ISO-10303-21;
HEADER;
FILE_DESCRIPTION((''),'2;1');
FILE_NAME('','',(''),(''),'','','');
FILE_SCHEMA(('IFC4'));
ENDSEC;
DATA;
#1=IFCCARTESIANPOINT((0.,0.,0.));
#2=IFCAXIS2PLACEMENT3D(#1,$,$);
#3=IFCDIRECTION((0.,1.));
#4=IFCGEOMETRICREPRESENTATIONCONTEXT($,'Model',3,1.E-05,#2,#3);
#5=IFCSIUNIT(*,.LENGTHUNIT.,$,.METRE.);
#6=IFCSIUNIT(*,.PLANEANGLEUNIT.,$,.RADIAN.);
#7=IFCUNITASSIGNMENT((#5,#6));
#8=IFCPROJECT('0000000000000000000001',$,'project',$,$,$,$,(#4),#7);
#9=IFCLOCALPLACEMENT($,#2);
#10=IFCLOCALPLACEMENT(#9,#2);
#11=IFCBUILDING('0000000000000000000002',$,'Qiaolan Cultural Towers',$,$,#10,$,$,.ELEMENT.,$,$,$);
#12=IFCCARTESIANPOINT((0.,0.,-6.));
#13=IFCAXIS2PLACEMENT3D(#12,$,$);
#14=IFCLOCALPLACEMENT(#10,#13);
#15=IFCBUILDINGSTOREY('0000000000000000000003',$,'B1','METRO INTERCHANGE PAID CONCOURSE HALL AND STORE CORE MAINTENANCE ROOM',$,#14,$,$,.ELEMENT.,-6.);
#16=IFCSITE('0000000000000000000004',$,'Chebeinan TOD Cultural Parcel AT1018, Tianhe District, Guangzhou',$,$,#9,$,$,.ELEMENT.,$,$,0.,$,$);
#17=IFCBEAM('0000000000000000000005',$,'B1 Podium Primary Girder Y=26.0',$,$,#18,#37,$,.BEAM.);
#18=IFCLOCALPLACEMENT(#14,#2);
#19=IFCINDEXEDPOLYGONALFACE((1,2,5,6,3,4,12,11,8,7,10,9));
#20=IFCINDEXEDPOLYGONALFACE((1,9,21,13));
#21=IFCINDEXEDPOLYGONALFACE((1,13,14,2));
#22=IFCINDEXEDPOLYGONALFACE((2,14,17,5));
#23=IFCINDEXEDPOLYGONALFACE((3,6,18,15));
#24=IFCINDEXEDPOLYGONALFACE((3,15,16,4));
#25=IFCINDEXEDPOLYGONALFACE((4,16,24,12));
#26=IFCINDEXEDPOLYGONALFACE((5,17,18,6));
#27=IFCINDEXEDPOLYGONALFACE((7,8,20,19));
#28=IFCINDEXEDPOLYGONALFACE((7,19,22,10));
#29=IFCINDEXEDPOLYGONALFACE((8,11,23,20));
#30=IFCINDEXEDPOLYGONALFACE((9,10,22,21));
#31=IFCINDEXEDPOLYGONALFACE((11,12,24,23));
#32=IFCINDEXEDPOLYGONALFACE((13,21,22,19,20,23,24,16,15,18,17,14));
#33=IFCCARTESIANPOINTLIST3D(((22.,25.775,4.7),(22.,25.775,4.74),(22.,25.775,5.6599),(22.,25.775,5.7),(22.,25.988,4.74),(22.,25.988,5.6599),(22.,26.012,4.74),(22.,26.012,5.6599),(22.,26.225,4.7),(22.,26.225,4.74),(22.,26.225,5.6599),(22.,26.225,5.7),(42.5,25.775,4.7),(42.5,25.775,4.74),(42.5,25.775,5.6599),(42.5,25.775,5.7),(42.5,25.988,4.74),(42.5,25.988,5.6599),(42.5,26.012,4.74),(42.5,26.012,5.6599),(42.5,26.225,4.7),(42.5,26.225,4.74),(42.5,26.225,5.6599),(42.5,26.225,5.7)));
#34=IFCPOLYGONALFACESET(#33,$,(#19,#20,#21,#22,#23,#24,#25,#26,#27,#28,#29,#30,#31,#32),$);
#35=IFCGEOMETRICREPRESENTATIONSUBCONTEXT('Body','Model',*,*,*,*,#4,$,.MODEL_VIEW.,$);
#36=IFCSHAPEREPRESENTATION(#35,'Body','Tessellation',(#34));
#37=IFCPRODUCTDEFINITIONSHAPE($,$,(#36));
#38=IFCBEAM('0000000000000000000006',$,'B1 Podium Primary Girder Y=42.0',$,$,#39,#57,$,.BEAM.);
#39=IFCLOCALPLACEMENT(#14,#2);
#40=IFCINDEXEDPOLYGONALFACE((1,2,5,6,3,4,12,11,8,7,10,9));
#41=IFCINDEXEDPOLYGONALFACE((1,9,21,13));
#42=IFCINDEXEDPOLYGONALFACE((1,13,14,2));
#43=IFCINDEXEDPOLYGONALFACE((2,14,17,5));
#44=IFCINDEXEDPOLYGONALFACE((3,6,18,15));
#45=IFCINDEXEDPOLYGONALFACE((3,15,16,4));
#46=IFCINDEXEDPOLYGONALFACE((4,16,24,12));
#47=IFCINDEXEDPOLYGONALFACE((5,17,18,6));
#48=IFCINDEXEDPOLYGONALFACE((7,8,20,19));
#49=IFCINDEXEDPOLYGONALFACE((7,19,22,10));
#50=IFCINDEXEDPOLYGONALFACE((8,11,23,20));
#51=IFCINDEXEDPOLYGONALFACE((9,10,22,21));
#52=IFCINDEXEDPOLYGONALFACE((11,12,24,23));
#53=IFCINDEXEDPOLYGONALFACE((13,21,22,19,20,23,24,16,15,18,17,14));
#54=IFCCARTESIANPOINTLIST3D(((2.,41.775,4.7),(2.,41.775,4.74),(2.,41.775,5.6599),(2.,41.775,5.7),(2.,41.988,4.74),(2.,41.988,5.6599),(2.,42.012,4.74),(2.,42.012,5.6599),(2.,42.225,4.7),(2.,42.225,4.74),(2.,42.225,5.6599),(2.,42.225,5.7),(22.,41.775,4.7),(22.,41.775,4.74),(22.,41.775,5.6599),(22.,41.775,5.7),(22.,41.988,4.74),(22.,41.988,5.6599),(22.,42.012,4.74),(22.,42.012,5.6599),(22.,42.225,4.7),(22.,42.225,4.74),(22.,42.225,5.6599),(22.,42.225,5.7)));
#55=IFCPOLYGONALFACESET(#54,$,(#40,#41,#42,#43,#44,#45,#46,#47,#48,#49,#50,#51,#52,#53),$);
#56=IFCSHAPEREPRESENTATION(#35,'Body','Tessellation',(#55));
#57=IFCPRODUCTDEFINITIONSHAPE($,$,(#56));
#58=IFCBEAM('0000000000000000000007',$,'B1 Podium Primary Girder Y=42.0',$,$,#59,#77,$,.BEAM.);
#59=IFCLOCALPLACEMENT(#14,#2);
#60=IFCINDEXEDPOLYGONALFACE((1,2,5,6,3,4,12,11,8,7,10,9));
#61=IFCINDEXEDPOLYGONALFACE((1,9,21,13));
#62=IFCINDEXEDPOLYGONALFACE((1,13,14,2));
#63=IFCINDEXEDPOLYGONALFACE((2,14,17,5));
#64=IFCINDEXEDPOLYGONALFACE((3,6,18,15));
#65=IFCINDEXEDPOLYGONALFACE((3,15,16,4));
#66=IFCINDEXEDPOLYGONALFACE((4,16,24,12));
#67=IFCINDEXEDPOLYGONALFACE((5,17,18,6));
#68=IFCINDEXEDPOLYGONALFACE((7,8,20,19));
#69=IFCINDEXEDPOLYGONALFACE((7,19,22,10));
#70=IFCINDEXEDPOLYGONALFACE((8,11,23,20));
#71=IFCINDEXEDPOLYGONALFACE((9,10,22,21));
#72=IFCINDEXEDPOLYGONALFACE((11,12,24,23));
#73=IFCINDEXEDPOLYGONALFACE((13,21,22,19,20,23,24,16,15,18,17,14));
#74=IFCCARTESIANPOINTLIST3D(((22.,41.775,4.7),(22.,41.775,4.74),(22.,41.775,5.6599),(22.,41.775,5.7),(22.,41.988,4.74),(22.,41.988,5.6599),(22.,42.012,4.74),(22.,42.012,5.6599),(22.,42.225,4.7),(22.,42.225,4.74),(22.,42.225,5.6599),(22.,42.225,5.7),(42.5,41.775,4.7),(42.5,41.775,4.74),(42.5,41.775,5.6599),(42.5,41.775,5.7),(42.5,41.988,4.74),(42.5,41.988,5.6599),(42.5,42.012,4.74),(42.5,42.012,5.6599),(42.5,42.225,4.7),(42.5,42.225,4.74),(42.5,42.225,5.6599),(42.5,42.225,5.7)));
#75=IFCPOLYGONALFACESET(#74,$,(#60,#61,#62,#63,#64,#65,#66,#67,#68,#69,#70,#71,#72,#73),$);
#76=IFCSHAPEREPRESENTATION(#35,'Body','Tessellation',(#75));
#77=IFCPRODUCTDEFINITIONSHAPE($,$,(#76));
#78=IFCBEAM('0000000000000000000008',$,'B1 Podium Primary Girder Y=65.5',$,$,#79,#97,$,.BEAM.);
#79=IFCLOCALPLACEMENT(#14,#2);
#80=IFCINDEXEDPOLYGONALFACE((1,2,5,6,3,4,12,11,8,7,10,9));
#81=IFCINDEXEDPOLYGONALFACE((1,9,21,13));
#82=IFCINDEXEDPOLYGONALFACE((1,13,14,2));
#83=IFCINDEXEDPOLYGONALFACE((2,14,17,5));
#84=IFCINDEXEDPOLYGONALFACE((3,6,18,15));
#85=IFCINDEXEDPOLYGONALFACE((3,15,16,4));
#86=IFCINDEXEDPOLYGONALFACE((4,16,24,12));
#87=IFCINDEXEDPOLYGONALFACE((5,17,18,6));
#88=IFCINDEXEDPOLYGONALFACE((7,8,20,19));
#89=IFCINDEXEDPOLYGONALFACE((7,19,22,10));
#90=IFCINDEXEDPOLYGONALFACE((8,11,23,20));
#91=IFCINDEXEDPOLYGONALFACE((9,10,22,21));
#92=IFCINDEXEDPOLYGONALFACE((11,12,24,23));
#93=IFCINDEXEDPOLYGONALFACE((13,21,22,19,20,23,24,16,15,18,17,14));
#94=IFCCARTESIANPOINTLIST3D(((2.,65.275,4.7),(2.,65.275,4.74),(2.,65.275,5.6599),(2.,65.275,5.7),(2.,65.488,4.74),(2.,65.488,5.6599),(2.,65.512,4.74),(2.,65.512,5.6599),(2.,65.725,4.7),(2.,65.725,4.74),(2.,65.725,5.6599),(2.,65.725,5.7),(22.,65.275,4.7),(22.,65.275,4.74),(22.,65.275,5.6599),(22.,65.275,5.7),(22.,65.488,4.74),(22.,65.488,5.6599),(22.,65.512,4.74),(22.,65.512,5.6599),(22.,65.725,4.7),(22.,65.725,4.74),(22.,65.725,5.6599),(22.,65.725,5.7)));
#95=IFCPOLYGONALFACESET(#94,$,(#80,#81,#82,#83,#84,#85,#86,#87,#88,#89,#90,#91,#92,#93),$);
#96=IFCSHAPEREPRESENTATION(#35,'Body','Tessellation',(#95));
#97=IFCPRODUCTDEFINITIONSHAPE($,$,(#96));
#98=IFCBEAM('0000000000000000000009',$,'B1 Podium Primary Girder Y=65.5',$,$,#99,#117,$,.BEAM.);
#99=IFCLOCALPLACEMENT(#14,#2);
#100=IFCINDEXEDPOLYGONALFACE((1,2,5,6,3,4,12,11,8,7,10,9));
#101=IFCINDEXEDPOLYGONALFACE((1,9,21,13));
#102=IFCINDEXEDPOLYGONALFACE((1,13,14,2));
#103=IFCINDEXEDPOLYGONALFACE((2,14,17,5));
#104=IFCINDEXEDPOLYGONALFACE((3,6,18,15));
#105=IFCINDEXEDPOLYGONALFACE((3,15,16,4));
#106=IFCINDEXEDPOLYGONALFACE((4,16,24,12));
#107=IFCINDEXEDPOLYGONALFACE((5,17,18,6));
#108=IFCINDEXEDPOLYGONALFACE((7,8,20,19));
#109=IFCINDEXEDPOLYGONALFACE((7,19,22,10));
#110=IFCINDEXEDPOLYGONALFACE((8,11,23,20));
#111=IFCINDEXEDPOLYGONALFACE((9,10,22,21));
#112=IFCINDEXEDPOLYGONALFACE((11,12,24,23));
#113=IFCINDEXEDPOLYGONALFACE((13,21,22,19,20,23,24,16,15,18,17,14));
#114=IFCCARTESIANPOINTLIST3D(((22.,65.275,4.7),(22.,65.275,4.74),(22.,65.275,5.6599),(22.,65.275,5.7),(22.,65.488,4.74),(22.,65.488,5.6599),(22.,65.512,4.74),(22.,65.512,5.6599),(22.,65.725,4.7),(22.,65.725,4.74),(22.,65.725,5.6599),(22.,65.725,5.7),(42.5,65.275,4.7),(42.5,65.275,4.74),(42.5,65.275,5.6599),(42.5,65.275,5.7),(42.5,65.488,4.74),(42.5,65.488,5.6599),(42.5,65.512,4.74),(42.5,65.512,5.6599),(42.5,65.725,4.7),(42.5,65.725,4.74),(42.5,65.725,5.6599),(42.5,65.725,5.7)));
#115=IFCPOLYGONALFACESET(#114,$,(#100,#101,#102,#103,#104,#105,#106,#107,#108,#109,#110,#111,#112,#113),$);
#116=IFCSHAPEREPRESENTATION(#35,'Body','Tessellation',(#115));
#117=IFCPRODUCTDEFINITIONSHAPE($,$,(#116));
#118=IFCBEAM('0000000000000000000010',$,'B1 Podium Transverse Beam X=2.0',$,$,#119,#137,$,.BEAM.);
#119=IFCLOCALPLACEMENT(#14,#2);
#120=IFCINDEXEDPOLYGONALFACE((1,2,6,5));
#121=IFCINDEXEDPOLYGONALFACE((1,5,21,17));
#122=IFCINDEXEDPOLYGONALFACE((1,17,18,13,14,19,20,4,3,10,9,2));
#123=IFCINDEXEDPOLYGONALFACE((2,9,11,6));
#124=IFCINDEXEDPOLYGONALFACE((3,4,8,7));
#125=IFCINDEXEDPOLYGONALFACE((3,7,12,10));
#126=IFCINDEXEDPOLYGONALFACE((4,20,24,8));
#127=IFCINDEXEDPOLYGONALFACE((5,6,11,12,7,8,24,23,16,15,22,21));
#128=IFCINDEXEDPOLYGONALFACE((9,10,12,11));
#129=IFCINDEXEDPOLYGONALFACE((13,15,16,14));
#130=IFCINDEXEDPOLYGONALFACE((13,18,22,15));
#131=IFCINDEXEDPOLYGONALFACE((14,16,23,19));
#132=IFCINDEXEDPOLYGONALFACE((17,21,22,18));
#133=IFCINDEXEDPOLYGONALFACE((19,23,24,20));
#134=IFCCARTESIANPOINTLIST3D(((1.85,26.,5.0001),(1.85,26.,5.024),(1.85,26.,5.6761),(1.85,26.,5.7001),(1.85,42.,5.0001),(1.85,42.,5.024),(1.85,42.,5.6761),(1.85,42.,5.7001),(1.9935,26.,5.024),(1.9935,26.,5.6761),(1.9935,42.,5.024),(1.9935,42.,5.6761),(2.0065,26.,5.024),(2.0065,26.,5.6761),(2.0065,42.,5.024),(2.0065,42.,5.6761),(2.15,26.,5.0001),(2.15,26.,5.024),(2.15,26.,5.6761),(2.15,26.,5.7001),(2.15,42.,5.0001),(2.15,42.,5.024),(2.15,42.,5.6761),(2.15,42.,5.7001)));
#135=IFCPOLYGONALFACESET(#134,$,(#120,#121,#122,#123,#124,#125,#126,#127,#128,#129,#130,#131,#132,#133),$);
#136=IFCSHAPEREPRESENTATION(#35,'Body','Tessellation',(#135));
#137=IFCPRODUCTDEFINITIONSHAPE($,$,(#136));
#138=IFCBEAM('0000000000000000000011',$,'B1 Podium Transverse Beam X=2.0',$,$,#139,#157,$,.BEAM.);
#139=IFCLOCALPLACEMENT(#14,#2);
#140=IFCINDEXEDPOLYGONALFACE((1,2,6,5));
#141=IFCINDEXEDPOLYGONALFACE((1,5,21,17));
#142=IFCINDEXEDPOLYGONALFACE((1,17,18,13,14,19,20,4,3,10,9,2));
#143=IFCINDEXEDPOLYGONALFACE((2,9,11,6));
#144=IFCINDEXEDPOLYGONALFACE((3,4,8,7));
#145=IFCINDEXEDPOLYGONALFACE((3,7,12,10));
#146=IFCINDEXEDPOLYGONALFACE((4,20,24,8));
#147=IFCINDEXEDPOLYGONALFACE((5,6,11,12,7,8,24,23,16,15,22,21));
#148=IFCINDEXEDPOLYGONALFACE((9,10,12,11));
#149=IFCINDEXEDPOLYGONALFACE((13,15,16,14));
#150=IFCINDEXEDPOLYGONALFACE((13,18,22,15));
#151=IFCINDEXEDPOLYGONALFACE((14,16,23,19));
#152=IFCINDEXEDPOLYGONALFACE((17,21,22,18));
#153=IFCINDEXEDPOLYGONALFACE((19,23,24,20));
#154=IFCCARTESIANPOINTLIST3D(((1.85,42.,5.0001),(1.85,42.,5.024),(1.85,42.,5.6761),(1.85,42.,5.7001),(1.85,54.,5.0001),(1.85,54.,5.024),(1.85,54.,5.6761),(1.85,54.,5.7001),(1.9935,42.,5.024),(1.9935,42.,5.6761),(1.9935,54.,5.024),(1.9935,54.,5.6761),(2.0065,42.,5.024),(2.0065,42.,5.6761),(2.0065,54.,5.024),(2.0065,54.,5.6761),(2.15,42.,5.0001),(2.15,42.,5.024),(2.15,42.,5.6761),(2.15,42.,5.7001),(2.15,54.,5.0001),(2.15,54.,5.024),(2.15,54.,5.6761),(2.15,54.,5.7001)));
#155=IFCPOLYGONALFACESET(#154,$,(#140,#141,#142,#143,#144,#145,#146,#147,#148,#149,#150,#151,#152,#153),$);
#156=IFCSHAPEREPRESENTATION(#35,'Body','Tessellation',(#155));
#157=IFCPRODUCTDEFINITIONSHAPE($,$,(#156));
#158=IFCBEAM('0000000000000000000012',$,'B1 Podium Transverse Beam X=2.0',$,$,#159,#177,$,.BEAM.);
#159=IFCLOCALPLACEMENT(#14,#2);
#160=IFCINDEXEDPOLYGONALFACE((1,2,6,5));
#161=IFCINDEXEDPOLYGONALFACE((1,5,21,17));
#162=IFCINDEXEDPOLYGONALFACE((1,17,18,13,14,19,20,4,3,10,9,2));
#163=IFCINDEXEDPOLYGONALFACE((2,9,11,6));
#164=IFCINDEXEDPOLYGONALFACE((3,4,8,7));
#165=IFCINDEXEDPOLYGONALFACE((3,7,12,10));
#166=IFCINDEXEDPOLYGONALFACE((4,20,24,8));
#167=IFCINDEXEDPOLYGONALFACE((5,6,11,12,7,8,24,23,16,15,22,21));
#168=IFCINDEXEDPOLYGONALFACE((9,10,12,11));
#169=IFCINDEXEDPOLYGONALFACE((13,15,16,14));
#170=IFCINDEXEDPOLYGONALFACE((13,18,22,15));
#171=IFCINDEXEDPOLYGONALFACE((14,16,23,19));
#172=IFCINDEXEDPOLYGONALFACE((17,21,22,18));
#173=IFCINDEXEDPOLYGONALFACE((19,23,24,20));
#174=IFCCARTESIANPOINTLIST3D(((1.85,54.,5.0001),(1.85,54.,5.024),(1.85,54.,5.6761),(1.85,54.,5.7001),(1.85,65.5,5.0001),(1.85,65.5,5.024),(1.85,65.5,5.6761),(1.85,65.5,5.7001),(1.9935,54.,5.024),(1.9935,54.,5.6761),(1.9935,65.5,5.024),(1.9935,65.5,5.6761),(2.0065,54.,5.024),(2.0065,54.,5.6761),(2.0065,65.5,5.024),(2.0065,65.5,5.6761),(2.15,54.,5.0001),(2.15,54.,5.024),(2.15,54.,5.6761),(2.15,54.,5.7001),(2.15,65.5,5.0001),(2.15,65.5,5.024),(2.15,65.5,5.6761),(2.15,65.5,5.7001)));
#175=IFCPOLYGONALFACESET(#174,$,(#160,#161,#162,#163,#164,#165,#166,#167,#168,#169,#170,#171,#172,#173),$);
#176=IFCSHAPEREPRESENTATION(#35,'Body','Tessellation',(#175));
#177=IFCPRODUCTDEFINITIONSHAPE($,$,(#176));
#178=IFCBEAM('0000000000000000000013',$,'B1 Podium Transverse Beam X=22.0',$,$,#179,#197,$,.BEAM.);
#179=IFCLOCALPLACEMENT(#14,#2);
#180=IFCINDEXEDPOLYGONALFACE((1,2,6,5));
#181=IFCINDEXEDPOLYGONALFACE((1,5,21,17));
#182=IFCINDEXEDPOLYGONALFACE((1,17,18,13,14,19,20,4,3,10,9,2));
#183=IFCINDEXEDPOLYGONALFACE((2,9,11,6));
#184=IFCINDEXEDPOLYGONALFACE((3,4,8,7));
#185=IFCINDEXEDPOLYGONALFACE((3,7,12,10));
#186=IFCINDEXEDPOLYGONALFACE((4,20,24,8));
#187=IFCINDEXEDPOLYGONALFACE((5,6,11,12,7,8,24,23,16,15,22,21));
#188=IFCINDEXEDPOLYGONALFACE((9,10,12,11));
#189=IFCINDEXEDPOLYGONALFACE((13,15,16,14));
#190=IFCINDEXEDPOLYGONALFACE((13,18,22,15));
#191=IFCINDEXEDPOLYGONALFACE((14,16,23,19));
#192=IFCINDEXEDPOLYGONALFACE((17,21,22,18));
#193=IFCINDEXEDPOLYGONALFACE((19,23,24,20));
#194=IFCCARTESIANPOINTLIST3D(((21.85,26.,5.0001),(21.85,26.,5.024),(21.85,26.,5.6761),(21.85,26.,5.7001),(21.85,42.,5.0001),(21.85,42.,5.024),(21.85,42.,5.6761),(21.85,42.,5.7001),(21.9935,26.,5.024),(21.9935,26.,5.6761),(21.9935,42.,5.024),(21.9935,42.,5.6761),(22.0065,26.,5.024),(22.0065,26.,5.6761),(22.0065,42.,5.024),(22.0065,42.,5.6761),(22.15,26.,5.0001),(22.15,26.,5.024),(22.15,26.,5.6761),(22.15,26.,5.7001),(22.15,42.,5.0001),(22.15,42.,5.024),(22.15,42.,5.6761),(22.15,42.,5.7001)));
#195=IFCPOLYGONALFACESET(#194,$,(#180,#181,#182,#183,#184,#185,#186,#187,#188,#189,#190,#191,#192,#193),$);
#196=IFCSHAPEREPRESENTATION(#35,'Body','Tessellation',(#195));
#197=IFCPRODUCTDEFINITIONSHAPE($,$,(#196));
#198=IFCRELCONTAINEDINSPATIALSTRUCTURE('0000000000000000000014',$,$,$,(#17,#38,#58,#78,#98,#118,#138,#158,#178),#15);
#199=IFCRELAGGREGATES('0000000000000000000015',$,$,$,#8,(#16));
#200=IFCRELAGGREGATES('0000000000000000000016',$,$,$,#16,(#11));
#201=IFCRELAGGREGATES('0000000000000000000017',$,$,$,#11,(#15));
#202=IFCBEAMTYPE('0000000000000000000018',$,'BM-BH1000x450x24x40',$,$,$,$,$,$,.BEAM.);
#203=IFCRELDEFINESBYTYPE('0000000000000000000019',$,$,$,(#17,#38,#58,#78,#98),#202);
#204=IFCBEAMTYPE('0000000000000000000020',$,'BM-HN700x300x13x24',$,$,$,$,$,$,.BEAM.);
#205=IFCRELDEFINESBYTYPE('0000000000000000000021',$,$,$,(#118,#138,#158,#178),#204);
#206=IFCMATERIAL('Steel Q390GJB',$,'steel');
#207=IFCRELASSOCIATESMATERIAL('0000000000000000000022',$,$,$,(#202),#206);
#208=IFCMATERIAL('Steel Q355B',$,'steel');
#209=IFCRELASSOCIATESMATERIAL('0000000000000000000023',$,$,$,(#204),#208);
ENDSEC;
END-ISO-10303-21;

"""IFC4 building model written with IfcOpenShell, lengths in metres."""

from ifc_helpers import new_model, si_unit, direction, frame, origin, origin_2d, place, context, subcontext, project, spatial, i_section, extrude, material, material_profile, profile_set, type_object, element, save


model = new_model("IFC4")

# Units and contexts
model_context = context("Model", 3, precision=1e-05, world=origin(), true_north=direction((0.0, 1.0)))
body_context = subcontext(model_context, "Body", "Model", "MODEL_VIEW")
ifc_project = project(units=[si_unit("LENGTHUNIT", "METRE"), si_unit("PLANEANGLEUNIT", "RADIAN")], contexts=[model_context])

# Site, building, storey
site_placement = place(None, origin())
site = spatial("IfcSite", under=ifc_project, at=site_placement, Name="Chebeinan TOD Cultural Parcel AT1018, Tianhe District, Guangzhou", CompositionType="ELEMENT", RefElevation=0.0)
building_placement = place(site_placement, origin())
building = spatial("IfcBuilding", under=site, at=building_placement, Name="Qiaolan Cultural Towers", CompositionType="ELEMENT")
storey_placement = place(building_placement, frame((0.0, 0.0, -6.0)))
storey = spatial("IfcBuildingStorey", under=building, at=storey_placement, Name="B1", Description="METRO INTERCHANGE PAID CONCOURSE HALL AND STORE CORE MAINTENANCE ROOM", CompositionType="ELEMENT", Elevation=-6.0)

# Beams
ifc_material_1 = material(Name="Steel Q390GJB", Category="steel")
ifc_material_profile_1 = material_profile(ifc_material_1, i_section(OverallWidth=0.45, OverallDepth=1.0, WebThickness=0.0239, FlangeThickness=0.04, at=origin_2d()), Name="BH1000x450x24x40")
ifc_profile_set_1 = profile_set([ifc_material_profile_1], Name="Steel Q390GJB")
beam_type_1 = type_object("IfcBeamType", Name="BM-BH1000x450x24x40", PredefinedType="BEAM", material=ifc_profile_set_1)
beam_1_placement = place(storey_placement, frame((22.0, 26.0, 5.2), z_axis=(1.0, 0.0, 0.0), x_axis=(0.0, 1.0, 0.0)))
element("IfcBeam", 1, at=beam_1_placement, inside=storey, type_object=beam_type_1, Name="B1 Podium Primary Girder Y=26.0", PredefinedType="BEAM", context=body_context, shape_type="SweptSolid", body=[
    extrude(i_section(OverallWidth=0.45, OverallDepth=1.0, WebThickness=0.0239, FlangeThickness=0.04, at=origin_2d()), origin(), (0.0, 0.0, 1.0), 20.5),
])
beam_2_placement = place(storey_placement, frame((2.0, 42.0, 5.2), z_axis=(1.0, 0.0, 0.0), x_axis=(0.0, 1.0, 0.0)))
element("IfcBeam", 2, at=beam_2_placement, inside=storey, type_object=beam_type_1, Name="B1 Podium Primary Girder Y=42.0", PredefinedType="BEAM", context=body_context, shape_type="SweptSolid", body=[
    extrude(i_section(OverallWidth=0.45, OverallDepth=1.0, WebThickness=0.0239, FlangeThickness=0.04, at=origin_2d()), origin(), (0.0, 0.0, 1.0), 20.0),
])
beam_3_placement = place(storey_placement, frame((22.0, 42.0, 5.2), z_axis=(1.0, 0.0, 0.0), x_axis=(0.0, 1.0, 0.0)))
element("IfcBeam", 3, at=beam_3_placement, inside=storey, type_object=beam_type_1, Name="B1 Podium Primary Girder Y=42.0", PredefinedType="BEAM", context=body_context, shape_type="SweptSolid", body=[
    extrude(i_section(OverallWidth=0.45, OverallDepth=1.0, WebThickness=0.0239, FlangeThickness=0.04, at=origin_2d()), origin(), (0.0, 0.0, 1.0), 20.5),
])
beam_4_placement = place(storey_placement, frame((2.0, 65.5, 5.2), z_axis=(1.0, 0.0, 0.0), x_axis=(0.0, 1.0, 0.0)))
element("IfcBeam", 4, at=beam_4_placement, inside=storey, type_object=beam_type_1, Name="B1 Podium Primary Girder Y=65.5", PredefinedType="BEAM", context=body_context, shape_type="SweptSolid", body=[
    extrude(i_section(OverallWidth=0.45, OverallDepth=1.0, WebThickness=0.0239, FlangeThickness=0.04, at=origin_2d()), origin(), (0.0, 0.0, 1.0), 20.0),
])
beam_5_placement = place(storey_placement, frame((22.0, 65.5, 5.2), z_axis=(1.0, 0.0, 0.0), x_axis=(0.0, 1.0, 0.0)))
element("IfcBeam", 5, at=beam_5_placement, inside=storey, type_object=beam_type_1, Name="B1 Podium Primary Girder Y=65.5", PredefinedType="BEAM", context=body_context, shape_type="SweptSolid", body=[
    extrude(i_section(OverallWidth=0.45, OverallDepth=1.0, WebThickness=0.0239, FlangeThickness=0.04, at=origin_2d()), origin(), (0.0, 0.0, 1.0), 20.5),
])
ifc_material_2 = material(Name="Steel Q355B", Category="steel")
ifc_material_profile_2 = material_profile(ifc_material_2, i_section(OverallWidth=0.3, OverallDepth=0.7, WebThickness=0.0129, FlangeThickness=0.0239, at=origin_2d()), Name="HN700x300x13x24")
ifc_profile_set_2 = profile_set([ifc_material_profile_2], Name="Steel Q355B")
beam_type_2 = type_object("IfcBeamType", Name="BM-HN700x300x13x24", PredefinedType="BEAM", material=ifc_profile_set_2)
beam_6_placement = place(storey_placement, frame((2.0, 26.0, 5.3501), z_axis=(0.0, 1.0, 0.0), x_axis=(-1.0, 0.0, 0.0)))
element("IfcBeam", 6, at=beam_6_placement, inside=storey, type_object=beam_type_2, Name="B1 Podium Transverse Beam X=2.0", PredefinedType="BEAM", context=body_context, shape_type="SweptSolid", body=[
    extrude(i_section(OverallWidth=0.3, OverallDepth=0.7, WebThickness=0.0129, FlangeThickness=0.0239, at=origin_2d()), origin(), (0.0, 0.0, 1.0), 16.0),
])
beam_7_placement = place(storey_placement, frame((2.0, 42.0, 5.3501), z_axis=(0.0, 1.0, 0.0), x_axis=(-1.0, 0.0, 0.0)))
element("IfcBeam", 7, at=beam_7_placement, inside=storey, type_object=beam_type_2, Name="B1 Podium Transverse Beam X=2.0", PredefinedType="BEAM", context=body_context, shape_type="SweptSolid", body=[
    extrude(i_section(OverallWidth=0.3, OverallDepth=0.7, WebThickness=0.0129, FlangeThickness=0.0239, at=origin_2d()), origin(), (0.0, 0.0, 1.0), 12.0),
])
beam_8_placement = place(storey_placement, frame((2.0, 54.0, 5.3501), z_axis=(0.0, 1.0, 0.0), x_axis=(-1.0, 0.0, 0.0)))
element("IfcBeam", 8, at=beam_8_placement, inside=storey, type_object=beam_type_2, Name="B1 Podium Transverse Beam X=2.0", PredefinedType="BEAM", context=body_context, shape_type="SweptSolid", body=[
    extrude(i_section(OverallWidth=0.3, OverallDepth=0.7, WebThickness=0.0129, FlangeThickness=0.0239, at=origin_2d()), origin(), (0.0, 0.0, 1.0), 11.5),
])
beam_9_placement = place(storey_placement, frame((22.0, 26.0, 5.3501), z_axis=(0.0, 1.0, 0.0), x_axis=(-1.0, 0.0, 0.0)))
element("IfcBeam", 9, at=beam_9_placement, inside=storey, type_object=beam_type_2, Name="B1 Podium Transverse Beam X=22.0", PredefinedType="BEAM", context=body_context, shape_type="SweptSolid", body=[
    extrude(i_section(OverallWidth=0.3, OverallDepth=0.7, WebThickness=0.0129, FlangeThickness=0.0239, at=origin_2d()), origin(), (0.0, 0.0, 1.0), 16.0),
])

save(model, "model.ifc")
